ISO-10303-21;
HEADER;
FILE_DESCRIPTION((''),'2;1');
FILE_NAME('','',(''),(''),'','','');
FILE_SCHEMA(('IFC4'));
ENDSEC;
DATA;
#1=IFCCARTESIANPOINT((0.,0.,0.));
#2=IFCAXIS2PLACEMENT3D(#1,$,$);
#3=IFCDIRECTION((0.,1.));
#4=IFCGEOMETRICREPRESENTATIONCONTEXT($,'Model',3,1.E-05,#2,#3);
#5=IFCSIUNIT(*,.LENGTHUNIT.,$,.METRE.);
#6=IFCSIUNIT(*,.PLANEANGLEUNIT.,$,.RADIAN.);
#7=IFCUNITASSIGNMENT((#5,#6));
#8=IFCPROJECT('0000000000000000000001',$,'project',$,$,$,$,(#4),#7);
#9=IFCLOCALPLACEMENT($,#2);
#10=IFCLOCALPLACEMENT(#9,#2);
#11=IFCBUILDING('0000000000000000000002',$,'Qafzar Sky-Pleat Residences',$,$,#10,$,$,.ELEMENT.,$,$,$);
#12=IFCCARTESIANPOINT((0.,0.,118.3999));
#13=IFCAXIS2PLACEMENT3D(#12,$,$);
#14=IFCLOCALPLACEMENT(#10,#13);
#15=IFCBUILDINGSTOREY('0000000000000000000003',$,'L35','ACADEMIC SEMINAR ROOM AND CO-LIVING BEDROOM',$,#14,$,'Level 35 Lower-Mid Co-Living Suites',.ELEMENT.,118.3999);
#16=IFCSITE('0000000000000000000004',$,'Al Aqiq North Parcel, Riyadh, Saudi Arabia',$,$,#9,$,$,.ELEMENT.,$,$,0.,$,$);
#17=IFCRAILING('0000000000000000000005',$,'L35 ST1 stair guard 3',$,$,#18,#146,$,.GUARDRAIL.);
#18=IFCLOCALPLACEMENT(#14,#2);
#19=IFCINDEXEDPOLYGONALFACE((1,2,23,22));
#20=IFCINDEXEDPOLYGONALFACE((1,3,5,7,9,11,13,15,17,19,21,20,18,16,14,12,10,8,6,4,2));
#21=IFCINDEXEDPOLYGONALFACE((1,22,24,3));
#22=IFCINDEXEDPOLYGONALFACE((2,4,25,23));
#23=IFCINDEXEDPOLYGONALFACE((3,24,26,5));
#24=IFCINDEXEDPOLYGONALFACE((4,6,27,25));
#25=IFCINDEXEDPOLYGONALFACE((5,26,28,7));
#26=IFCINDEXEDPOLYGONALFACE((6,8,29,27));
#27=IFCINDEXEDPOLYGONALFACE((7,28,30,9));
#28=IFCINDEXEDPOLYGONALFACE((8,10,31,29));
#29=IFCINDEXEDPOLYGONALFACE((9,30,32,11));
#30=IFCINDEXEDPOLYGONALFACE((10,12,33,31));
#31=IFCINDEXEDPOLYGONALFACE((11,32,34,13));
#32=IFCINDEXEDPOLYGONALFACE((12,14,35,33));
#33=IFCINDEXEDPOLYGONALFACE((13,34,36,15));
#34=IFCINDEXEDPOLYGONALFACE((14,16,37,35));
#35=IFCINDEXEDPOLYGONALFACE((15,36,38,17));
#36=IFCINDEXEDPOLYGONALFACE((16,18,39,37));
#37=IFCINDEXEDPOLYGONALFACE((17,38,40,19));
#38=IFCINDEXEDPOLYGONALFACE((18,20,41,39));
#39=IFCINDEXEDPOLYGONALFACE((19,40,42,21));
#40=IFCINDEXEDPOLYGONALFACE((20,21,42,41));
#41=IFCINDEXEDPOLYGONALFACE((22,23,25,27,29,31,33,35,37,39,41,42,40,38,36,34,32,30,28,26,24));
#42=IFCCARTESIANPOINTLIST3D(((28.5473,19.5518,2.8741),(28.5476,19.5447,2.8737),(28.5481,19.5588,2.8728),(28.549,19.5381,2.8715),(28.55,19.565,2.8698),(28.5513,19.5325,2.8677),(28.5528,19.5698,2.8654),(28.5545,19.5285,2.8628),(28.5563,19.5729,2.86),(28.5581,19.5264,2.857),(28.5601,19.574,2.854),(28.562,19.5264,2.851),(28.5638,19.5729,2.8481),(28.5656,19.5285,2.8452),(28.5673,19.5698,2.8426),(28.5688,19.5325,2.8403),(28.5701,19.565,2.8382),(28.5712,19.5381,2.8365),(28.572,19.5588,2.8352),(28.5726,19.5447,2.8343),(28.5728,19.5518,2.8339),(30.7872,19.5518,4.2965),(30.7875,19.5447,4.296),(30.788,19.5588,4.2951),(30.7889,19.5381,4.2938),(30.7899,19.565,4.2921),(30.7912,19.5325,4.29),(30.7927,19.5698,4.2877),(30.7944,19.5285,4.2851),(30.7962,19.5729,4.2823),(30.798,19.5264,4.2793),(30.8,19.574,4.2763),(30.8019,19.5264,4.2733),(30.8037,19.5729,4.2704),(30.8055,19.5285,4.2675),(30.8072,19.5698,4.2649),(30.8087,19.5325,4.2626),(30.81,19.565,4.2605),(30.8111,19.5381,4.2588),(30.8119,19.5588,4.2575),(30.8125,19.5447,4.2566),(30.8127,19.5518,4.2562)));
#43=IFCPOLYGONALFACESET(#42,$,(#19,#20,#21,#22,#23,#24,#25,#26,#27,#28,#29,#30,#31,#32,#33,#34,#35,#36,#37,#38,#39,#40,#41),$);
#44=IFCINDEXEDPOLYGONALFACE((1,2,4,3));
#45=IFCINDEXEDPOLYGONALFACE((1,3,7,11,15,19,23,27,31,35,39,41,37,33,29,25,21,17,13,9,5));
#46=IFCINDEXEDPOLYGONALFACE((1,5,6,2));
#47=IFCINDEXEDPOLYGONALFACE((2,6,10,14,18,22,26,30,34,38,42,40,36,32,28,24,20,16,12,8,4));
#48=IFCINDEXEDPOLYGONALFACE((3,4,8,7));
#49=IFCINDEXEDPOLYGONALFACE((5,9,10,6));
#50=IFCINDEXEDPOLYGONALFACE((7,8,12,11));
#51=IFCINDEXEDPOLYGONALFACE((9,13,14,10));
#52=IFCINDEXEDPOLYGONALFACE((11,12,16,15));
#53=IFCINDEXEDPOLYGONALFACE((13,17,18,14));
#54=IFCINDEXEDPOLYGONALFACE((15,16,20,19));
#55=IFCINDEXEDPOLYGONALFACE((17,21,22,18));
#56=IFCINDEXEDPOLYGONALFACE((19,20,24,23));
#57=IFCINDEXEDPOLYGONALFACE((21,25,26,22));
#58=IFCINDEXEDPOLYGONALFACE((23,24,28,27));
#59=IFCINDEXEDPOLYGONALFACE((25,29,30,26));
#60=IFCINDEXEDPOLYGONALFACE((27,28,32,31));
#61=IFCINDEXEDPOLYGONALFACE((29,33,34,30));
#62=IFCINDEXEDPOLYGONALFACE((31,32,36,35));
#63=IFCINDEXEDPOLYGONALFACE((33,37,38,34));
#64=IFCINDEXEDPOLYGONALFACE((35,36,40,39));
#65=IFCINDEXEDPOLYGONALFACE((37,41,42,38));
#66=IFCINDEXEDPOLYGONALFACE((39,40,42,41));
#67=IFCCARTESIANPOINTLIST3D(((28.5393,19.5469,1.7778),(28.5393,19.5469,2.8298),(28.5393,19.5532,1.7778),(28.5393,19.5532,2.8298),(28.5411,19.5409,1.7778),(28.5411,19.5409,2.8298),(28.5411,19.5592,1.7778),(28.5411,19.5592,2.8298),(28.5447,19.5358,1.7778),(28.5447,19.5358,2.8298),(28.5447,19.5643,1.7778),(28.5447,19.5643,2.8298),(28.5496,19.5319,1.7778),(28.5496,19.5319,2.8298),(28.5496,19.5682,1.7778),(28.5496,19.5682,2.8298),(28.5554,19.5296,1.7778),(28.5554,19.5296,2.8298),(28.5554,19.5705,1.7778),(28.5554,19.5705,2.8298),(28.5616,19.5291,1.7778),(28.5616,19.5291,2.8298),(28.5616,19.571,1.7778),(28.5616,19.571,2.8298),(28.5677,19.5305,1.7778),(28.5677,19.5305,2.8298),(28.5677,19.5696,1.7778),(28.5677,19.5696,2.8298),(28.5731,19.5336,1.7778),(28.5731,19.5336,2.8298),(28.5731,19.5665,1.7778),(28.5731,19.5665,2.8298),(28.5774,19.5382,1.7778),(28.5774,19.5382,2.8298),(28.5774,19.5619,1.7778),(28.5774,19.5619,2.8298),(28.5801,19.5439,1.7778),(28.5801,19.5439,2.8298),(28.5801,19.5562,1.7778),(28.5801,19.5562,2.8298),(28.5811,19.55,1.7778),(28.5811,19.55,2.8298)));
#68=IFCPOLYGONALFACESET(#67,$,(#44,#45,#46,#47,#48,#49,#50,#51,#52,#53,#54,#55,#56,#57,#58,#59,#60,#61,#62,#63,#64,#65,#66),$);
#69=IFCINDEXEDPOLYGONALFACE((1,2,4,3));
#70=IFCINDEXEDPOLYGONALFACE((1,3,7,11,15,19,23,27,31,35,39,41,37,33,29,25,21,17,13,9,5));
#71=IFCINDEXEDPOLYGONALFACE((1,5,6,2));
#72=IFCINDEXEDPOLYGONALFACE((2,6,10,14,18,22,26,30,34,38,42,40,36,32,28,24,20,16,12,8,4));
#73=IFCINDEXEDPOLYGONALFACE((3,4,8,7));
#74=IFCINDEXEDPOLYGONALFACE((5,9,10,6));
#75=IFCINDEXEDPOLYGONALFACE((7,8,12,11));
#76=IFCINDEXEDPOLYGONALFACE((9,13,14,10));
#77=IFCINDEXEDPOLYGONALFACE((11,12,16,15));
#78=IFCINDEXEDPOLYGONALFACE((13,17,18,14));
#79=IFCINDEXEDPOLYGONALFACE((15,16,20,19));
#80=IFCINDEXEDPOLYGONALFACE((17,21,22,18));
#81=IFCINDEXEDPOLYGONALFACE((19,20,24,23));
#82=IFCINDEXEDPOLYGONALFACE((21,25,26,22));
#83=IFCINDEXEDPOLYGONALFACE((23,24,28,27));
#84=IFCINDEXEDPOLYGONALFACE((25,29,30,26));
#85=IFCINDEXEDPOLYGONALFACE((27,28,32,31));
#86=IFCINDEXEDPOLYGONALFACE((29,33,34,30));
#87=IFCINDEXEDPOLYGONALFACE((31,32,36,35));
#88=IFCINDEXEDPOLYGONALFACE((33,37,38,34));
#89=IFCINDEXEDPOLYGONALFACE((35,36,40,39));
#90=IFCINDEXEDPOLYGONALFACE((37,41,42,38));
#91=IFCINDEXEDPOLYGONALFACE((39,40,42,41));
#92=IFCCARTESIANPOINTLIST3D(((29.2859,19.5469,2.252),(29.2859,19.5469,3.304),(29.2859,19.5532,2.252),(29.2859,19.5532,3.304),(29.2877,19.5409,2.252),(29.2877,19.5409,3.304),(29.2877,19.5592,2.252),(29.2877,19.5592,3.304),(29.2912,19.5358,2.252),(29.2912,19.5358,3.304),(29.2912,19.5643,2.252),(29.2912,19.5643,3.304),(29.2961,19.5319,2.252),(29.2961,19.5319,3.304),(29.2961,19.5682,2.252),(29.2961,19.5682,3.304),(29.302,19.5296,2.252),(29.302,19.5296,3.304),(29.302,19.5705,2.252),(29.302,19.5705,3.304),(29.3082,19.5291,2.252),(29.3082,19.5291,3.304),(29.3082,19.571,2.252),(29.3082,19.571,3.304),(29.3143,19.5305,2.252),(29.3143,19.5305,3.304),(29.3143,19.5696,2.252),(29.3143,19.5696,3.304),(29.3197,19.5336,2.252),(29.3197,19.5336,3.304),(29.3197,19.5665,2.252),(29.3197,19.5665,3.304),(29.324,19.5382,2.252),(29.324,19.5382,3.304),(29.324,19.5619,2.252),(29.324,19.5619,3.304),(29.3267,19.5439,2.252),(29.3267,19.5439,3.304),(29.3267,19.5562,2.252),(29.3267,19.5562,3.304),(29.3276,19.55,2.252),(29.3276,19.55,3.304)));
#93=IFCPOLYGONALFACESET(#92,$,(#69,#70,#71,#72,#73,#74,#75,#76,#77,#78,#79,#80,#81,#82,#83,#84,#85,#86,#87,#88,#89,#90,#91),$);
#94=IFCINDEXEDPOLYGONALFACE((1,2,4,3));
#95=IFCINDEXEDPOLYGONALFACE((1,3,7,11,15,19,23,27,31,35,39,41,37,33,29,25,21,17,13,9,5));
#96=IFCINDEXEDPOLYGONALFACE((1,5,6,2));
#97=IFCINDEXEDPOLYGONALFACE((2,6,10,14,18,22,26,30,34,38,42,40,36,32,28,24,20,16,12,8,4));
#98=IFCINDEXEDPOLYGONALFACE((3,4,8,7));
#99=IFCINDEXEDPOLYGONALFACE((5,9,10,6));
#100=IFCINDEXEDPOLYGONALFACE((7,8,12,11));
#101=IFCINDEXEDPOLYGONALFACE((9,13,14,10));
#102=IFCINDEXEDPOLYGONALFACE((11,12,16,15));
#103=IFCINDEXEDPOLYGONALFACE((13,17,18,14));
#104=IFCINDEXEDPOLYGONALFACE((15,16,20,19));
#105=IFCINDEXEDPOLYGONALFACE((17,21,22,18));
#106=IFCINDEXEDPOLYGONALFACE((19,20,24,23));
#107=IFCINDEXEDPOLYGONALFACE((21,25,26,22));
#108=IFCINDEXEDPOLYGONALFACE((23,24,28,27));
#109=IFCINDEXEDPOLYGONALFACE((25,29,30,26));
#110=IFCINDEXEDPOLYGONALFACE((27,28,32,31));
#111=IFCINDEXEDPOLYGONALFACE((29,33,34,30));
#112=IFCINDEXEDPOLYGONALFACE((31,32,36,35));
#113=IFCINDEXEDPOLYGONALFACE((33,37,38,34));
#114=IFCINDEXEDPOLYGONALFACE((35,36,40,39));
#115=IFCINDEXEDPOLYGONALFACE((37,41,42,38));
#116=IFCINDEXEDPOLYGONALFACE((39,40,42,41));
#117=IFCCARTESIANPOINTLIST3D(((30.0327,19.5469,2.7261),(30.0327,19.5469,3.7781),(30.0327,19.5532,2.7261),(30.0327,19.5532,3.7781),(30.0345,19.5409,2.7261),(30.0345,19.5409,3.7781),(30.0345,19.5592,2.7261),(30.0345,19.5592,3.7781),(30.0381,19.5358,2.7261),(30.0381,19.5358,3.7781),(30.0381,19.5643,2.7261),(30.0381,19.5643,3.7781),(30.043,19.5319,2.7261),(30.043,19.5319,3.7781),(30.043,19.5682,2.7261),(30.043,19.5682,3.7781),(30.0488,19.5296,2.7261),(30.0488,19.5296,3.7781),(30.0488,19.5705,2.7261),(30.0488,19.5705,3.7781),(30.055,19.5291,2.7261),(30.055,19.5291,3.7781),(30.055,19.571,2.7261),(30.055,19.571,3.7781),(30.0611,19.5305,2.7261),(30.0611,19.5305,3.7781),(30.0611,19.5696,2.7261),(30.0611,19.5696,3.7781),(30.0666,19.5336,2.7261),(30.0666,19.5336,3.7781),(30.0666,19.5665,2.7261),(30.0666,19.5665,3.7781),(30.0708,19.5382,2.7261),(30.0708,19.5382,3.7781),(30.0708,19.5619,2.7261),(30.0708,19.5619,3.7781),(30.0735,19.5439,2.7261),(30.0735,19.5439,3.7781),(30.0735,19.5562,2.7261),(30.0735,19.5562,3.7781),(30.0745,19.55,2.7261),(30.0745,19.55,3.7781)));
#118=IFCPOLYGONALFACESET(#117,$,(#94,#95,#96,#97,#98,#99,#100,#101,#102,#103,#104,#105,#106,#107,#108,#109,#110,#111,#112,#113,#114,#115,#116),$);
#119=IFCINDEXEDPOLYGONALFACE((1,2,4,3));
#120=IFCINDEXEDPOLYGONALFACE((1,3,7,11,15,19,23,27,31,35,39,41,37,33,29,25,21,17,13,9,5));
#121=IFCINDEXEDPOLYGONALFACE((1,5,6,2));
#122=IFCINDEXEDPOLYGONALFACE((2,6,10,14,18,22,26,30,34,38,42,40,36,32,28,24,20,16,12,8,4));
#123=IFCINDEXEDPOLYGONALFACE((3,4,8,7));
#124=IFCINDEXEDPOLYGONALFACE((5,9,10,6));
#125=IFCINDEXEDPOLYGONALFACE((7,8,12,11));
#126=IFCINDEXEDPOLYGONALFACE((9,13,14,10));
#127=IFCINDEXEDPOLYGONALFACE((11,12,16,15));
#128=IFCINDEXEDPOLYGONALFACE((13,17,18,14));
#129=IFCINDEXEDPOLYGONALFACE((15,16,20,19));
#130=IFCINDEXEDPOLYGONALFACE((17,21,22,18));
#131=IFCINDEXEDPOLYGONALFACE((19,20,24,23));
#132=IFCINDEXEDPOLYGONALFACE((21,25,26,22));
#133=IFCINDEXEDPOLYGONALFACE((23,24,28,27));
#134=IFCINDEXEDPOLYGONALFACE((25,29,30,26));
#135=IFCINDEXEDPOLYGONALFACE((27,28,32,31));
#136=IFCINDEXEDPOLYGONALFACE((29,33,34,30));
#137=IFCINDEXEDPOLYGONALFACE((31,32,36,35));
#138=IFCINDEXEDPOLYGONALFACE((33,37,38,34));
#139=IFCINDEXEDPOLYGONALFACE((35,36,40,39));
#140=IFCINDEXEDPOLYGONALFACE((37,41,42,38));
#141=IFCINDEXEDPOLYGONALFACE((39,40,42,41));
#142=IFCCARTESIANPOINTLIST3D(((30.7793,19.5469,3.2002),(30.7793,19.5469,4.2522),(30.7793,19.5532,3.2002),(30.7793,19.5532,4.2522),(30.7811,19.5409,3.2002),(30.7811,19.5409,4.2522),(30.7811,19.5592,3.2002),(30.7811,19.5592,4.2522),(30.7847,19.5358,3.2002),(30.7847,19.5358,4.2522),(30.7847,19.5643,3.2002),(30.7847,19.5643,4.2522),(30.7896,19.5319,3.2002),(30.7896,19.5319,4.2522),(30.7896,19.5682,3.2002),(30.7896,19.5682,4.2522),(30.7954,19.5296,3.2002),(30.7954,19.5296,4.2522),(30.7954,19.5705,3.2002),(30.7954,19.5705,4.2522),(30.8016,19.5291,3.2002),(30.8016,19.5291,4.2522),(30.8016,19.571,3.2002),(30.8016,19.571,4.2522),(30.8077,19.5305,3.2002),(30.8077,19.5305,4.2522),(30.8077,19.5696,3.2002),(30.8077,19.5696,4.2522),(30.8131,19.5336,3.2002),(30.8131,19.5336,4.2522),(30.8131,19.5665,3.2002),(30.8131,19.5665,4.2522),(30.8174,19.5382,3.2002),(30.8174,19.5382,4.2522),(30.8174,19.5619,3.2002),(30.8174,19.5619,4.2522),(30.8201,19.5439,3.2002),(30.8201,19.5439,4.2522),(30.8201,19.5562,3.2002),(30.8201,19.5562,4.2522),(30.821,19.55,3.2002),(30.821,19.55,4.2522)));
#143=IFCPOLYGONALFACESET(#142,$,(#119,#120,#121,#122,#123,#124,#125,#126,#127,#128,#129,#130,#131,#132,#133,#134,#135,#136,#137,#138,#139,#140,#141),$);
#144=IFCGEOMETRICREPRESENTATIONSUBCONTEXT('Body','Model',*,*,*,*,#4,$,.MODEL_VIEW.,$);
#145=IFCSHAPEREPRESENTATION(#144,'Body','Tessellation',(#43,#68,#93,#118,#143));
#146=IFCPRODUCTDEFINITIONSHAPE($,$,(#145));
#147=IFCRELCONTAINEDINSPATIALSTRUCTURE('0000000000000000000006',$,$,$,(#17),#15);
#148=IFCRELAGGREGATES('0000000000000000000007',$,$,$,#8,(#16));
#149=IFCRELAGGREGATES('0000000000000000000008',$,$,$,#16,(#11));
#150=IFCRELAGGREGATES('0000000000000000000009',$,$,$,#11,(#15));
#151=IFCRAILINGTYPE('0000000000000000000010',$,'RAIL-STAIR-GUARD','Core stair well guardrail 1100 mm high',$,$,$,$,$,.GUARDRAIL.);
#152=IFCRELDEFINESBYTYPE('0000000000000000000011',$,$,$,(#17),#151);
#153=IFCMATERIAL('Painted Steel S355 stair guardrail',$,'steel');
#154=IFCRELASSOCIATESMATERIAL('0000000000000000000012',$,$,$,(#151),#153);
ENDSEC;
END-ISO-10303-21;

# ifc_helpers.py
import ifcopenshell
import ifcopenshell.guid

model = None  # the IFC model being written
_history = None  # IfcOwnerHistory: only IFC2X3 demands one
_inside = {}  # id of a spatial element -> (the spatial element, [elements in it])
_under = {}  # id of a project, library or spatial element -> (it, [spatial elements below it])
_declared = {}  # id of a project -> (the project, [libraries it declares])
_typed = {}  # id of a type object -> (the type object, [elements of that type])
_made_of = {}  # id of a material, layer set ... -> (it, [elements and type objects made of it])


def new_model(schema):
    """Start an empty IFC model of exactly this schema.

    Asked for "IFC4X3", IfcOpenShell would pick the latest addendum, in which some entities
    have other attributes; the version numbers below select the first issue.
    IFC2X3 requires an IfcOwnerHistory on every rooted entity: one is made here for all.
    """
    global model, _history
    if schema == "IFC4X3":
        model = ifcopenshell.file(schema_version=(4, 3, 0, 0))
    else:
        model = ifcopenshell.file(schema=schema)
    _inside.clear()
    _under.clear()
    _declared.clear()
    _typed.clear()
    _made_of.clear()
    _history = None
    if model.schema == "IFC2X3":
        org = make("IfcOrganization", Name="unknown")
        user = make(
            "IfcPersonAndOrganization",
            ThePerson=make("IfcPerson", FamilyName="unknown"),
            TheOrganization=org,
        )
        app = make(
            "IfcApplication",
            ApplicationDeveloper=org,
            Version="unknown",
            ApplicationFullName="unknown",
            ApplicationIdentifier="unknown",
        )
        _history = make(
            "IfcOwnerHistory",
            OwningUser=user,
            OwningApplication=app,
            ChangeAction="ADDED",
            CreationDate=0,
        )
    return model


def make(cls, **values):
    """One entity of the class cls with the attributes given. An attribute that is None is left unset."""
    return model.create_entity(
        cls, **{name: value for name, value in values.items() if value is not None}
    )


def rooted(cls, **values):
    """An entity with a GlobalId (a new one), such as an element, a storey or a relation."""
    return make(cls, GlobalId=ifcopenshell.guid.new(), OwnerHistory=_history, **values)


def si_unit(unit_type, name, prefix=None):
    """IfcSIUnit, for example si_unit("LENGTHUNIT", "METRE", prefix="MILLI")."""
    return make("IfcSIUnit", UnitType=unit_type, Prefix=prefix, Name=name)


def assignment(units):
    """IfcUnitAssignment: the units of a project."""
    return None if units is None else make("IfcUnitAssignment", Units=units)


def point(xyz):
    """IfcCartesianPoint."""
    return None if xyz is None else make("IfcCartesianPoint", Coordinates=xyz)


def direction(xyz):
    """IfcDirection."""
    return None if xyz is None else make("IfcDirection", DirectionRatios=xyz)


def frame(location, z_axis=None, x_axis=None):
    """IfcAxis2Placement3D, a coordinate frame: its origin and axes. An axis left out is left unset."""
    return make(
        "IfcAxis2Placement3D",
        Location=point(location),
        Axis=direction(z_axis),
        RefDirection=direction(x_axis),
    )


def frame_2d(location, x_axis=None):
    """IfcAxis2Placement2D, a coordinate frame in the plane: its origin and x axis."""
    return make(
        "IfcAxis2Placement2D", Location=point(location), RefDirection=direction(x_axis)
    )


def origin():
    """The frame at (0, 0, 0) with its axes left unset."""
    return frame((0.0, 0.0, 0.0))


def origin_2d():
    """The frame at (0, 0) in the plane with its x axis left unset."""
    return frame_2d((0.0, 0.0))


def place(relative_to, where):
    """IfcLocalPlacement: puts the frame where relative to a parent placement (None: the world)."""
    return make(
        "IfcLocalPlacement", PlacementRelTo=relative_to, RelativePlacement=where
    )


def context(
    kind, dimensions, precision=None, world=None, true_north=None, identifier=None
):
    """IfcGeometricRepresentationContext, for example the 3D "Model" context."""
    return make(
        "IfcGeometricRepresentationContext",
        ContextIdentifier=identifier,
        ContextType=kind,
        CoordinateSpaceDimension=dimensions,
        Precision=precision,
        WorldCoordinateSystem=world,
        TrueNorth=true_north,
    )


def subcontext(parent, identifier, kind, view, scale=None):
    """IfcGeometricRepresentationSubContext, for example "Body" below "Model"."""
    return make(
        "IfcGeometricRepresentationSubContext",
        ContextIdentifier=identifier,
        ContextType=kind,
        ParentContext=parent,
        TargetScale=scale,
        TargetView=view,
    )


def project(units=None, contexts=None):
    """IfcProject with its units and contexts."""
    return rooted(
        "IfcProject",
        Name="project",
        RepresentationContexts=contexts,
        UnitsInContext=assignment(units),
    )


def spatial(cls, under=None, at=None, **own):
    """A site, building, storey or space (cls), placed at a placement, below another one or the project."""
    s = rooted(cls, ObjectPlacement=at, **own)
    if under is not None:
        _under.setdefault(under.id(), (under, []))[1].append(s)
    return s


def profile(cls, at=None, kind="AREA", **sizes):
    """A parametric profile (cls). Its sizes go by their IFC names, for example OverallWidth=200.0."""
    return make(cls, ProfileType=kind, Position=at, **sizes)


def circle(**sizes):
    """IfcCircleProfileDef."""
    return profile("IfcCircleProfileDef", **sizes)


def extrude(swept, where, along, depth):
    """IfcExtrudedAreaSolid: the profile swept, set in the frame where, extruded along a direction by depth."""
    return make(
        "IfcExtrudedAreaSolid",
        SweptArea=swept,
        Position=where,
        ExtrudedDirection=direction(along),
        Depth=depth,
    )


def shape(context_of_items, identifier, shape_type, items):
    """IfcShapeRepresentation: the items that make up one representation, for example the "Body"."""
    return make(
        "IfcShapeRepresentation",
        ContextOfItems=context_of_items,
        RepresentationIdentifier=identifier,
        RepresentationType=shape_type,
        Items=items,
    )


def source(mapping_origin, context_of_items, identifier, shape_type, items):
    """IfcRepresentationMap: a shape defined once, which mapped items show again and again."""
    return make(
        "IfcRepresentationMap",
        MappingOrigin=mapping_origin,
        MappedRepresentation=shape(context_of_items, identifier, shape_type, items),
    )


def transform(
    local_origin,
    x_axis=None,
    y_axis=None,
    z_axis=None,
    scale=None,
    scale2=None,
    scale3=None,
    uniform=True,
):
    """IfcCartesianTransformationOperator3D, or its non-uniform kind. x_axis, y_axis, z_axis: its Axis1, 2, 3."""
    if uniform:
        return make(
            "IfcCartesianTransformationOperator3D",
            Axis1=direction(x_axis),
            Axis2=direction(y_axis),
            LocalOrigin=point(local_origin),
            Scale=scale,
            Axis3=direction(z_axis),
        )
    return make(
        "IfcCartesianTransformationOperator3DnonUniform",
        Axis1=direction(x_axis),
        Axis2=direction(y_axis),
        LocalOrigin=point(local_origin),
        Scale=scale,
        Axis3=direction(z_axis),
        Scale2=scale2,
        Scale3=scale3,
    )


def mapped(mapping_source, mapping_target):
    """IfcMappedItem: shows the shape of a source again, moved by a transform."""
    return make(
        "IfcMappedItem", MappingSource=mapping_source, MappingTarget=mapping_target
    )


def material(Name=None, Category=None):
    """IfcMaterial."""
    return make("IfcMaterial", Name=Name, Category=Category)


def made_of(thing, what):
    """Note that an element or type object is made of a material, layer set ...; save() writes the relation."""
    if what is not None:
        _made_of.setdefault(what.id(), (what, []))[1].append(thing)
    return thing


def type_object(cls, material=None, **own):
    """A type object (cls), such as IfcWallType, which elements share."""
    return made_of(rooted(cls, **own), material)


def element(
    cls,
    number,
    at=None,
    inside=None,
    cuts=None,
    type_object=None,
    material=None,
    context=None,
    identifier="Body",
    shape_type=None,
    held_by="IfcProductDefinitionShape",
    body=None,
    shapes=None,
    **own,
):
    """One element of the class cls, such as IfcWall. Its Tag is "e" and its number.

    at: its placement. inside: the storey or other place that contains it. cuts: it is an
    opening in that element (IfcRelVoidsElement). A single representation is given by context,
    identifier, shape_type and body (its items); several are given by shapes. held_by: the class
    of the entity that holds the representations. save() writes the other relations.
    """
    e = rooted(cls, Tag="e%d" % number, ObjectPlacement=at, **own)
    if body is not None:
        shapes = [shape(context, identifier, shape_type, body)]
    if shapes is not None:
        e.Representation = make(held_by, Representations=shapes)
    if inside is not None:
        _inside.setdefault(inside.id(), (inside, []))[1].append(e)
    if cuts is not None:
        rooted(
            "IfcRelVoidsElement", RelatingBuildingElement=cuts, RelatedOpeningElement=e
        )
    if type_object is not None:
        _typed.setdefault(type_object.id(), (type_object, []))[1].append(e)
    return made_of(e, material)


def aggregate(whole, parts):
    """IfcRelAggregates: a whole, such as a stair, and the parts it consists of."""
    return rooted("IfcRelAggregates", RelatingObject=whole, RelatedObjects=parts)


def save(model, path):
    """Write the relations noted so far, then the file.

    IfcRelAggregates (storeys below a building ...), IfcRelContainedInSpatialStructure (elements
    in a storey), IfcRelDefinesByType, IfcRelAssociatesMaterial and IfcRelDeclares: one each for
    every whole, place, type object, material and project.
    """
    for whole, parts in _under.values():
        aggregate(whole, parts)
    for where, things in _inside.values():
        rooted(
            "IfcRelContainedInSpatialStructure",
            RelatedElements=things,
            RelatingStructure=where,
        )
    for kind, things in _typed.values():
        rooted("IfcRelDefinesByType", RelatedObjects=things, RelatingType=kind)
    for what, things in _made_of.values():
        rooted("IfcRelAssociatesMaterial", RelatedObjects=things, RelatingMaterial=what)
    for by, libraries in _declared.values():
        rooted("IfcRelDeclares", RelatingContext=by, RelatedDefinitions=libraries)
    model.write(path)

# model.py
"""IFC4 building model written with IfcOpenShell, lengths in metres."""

from ifc_helpers import new_model, si_unit, direction, frame, origin, origin_2d, place, context, subcontext, project, spatial, circle, extrude, source, transform, mapped, material, type_object, element, save


model = new_model("IFC4")

# Units and contexts
model_context = context("Model", 3, precision=1e-05, world=origin(), true_north=direction((0.0, 1.0)))
body_context = subcontext(model_context, "Body", "Model", "MODEL_VIEW")
ifc_project = project(units=[si_unit("LENGTHUNIT", "METRE"), si_unit("PLANEANGLEUNIT", "RADIAN")], contexts=[model_context])

# Site, building, storey
site_placement = place(None, origin())
site = spatial("IfcSite", under=ifc_project, at=site_placement, Name="Al Aqiq North Parcel, Riyadh, Saudi Arabia", CompositionType="ELEMENT", RefElevation=0.0)
building_placement = place(site_placement, origin())
building = spatial("IfcBuilding", under=site, at=building_placement, Name="Qafzar Sky-Pleat Residences", CompositionType="ELEMENT")
storey_placement = place(building_placement, frame((0.0, 0.0, 118.3999)))
storey = spatial("IfcBuildingStorey", under=building, at=storey_placement, Name="L35", Description="ACADEMIC SEMINAR ROOM AND CO-LIVING BEDROOM", LongName="Level 35 Lower-Mid Co-Living Suites", CompositionType="ELEMENT", Elevation=118.3999)

# Railing
ifc_material_1 = material(Name="Painted Steel S355 stair guardrail", Category="steel")
railing_type_1 = type_object("IfcRailingType", Name="RAIL-STAIR-GUARD", Description="Core stair well guardrail 1100 mm high", PredefinedType="GUARDRAIL", material=ifc_material_1)
shared_shape_1 = source(origin(), body_context, "Body", "SweptSolid", [
    extrude(circle(Radius=0.0239, at=origin_2d()), frame((0.0, 0.0, 1.0762), z_axis=(0.844188, 0.0, 0.536048), x_axis=(0.0, 1.0, 0.0)), (0.0, 0.0, 1.0), 2.6533),
    extrude(circle(Radius=0.021, at=origin_2d()), origin(), (0.0, 0.0, 1.0), 1.052),
    extrude(circle(Radius=0.021, at=origin_2d()), frame((0.7466, 0.0, 0.4741)), (0.0, 0.0, 1.0), 1.052),
    extrude(circle(Radius=0.021, at=origin_2d()), frame((1.4934, 0.0, 0.9482)), (0.0, 0.0, 1.0), 1.052),
    extrude(circle(Radius=0.021, at=origin_2d()), frame((2.24, 0.0, 1.4224)), (0.0, 0.0, 1.0), 1.052),
])
railing_1_placement = place(storey_placement, frame((28.5601, 19.55, 1.7778)))
element("IfcRailing", 1, at=railing_1_placement, inside=storey, type_object=railing_type_1, Name="L35 ST1 stair guard 3", PredefinedType="GUARDRAIL", context=body_context, shape_type="MappedRepresentation", body=[
    mapped(shared_shape_1, transform((0.0, 0.0, 0.0), x_axis=(1.0, 0.0, 0.0), y_axis=(0.0, 1.0, 0.0), z_axis=(0.0, 0.0, 1.0), scale=1.0)),
])

save(model, "model.ifc")
